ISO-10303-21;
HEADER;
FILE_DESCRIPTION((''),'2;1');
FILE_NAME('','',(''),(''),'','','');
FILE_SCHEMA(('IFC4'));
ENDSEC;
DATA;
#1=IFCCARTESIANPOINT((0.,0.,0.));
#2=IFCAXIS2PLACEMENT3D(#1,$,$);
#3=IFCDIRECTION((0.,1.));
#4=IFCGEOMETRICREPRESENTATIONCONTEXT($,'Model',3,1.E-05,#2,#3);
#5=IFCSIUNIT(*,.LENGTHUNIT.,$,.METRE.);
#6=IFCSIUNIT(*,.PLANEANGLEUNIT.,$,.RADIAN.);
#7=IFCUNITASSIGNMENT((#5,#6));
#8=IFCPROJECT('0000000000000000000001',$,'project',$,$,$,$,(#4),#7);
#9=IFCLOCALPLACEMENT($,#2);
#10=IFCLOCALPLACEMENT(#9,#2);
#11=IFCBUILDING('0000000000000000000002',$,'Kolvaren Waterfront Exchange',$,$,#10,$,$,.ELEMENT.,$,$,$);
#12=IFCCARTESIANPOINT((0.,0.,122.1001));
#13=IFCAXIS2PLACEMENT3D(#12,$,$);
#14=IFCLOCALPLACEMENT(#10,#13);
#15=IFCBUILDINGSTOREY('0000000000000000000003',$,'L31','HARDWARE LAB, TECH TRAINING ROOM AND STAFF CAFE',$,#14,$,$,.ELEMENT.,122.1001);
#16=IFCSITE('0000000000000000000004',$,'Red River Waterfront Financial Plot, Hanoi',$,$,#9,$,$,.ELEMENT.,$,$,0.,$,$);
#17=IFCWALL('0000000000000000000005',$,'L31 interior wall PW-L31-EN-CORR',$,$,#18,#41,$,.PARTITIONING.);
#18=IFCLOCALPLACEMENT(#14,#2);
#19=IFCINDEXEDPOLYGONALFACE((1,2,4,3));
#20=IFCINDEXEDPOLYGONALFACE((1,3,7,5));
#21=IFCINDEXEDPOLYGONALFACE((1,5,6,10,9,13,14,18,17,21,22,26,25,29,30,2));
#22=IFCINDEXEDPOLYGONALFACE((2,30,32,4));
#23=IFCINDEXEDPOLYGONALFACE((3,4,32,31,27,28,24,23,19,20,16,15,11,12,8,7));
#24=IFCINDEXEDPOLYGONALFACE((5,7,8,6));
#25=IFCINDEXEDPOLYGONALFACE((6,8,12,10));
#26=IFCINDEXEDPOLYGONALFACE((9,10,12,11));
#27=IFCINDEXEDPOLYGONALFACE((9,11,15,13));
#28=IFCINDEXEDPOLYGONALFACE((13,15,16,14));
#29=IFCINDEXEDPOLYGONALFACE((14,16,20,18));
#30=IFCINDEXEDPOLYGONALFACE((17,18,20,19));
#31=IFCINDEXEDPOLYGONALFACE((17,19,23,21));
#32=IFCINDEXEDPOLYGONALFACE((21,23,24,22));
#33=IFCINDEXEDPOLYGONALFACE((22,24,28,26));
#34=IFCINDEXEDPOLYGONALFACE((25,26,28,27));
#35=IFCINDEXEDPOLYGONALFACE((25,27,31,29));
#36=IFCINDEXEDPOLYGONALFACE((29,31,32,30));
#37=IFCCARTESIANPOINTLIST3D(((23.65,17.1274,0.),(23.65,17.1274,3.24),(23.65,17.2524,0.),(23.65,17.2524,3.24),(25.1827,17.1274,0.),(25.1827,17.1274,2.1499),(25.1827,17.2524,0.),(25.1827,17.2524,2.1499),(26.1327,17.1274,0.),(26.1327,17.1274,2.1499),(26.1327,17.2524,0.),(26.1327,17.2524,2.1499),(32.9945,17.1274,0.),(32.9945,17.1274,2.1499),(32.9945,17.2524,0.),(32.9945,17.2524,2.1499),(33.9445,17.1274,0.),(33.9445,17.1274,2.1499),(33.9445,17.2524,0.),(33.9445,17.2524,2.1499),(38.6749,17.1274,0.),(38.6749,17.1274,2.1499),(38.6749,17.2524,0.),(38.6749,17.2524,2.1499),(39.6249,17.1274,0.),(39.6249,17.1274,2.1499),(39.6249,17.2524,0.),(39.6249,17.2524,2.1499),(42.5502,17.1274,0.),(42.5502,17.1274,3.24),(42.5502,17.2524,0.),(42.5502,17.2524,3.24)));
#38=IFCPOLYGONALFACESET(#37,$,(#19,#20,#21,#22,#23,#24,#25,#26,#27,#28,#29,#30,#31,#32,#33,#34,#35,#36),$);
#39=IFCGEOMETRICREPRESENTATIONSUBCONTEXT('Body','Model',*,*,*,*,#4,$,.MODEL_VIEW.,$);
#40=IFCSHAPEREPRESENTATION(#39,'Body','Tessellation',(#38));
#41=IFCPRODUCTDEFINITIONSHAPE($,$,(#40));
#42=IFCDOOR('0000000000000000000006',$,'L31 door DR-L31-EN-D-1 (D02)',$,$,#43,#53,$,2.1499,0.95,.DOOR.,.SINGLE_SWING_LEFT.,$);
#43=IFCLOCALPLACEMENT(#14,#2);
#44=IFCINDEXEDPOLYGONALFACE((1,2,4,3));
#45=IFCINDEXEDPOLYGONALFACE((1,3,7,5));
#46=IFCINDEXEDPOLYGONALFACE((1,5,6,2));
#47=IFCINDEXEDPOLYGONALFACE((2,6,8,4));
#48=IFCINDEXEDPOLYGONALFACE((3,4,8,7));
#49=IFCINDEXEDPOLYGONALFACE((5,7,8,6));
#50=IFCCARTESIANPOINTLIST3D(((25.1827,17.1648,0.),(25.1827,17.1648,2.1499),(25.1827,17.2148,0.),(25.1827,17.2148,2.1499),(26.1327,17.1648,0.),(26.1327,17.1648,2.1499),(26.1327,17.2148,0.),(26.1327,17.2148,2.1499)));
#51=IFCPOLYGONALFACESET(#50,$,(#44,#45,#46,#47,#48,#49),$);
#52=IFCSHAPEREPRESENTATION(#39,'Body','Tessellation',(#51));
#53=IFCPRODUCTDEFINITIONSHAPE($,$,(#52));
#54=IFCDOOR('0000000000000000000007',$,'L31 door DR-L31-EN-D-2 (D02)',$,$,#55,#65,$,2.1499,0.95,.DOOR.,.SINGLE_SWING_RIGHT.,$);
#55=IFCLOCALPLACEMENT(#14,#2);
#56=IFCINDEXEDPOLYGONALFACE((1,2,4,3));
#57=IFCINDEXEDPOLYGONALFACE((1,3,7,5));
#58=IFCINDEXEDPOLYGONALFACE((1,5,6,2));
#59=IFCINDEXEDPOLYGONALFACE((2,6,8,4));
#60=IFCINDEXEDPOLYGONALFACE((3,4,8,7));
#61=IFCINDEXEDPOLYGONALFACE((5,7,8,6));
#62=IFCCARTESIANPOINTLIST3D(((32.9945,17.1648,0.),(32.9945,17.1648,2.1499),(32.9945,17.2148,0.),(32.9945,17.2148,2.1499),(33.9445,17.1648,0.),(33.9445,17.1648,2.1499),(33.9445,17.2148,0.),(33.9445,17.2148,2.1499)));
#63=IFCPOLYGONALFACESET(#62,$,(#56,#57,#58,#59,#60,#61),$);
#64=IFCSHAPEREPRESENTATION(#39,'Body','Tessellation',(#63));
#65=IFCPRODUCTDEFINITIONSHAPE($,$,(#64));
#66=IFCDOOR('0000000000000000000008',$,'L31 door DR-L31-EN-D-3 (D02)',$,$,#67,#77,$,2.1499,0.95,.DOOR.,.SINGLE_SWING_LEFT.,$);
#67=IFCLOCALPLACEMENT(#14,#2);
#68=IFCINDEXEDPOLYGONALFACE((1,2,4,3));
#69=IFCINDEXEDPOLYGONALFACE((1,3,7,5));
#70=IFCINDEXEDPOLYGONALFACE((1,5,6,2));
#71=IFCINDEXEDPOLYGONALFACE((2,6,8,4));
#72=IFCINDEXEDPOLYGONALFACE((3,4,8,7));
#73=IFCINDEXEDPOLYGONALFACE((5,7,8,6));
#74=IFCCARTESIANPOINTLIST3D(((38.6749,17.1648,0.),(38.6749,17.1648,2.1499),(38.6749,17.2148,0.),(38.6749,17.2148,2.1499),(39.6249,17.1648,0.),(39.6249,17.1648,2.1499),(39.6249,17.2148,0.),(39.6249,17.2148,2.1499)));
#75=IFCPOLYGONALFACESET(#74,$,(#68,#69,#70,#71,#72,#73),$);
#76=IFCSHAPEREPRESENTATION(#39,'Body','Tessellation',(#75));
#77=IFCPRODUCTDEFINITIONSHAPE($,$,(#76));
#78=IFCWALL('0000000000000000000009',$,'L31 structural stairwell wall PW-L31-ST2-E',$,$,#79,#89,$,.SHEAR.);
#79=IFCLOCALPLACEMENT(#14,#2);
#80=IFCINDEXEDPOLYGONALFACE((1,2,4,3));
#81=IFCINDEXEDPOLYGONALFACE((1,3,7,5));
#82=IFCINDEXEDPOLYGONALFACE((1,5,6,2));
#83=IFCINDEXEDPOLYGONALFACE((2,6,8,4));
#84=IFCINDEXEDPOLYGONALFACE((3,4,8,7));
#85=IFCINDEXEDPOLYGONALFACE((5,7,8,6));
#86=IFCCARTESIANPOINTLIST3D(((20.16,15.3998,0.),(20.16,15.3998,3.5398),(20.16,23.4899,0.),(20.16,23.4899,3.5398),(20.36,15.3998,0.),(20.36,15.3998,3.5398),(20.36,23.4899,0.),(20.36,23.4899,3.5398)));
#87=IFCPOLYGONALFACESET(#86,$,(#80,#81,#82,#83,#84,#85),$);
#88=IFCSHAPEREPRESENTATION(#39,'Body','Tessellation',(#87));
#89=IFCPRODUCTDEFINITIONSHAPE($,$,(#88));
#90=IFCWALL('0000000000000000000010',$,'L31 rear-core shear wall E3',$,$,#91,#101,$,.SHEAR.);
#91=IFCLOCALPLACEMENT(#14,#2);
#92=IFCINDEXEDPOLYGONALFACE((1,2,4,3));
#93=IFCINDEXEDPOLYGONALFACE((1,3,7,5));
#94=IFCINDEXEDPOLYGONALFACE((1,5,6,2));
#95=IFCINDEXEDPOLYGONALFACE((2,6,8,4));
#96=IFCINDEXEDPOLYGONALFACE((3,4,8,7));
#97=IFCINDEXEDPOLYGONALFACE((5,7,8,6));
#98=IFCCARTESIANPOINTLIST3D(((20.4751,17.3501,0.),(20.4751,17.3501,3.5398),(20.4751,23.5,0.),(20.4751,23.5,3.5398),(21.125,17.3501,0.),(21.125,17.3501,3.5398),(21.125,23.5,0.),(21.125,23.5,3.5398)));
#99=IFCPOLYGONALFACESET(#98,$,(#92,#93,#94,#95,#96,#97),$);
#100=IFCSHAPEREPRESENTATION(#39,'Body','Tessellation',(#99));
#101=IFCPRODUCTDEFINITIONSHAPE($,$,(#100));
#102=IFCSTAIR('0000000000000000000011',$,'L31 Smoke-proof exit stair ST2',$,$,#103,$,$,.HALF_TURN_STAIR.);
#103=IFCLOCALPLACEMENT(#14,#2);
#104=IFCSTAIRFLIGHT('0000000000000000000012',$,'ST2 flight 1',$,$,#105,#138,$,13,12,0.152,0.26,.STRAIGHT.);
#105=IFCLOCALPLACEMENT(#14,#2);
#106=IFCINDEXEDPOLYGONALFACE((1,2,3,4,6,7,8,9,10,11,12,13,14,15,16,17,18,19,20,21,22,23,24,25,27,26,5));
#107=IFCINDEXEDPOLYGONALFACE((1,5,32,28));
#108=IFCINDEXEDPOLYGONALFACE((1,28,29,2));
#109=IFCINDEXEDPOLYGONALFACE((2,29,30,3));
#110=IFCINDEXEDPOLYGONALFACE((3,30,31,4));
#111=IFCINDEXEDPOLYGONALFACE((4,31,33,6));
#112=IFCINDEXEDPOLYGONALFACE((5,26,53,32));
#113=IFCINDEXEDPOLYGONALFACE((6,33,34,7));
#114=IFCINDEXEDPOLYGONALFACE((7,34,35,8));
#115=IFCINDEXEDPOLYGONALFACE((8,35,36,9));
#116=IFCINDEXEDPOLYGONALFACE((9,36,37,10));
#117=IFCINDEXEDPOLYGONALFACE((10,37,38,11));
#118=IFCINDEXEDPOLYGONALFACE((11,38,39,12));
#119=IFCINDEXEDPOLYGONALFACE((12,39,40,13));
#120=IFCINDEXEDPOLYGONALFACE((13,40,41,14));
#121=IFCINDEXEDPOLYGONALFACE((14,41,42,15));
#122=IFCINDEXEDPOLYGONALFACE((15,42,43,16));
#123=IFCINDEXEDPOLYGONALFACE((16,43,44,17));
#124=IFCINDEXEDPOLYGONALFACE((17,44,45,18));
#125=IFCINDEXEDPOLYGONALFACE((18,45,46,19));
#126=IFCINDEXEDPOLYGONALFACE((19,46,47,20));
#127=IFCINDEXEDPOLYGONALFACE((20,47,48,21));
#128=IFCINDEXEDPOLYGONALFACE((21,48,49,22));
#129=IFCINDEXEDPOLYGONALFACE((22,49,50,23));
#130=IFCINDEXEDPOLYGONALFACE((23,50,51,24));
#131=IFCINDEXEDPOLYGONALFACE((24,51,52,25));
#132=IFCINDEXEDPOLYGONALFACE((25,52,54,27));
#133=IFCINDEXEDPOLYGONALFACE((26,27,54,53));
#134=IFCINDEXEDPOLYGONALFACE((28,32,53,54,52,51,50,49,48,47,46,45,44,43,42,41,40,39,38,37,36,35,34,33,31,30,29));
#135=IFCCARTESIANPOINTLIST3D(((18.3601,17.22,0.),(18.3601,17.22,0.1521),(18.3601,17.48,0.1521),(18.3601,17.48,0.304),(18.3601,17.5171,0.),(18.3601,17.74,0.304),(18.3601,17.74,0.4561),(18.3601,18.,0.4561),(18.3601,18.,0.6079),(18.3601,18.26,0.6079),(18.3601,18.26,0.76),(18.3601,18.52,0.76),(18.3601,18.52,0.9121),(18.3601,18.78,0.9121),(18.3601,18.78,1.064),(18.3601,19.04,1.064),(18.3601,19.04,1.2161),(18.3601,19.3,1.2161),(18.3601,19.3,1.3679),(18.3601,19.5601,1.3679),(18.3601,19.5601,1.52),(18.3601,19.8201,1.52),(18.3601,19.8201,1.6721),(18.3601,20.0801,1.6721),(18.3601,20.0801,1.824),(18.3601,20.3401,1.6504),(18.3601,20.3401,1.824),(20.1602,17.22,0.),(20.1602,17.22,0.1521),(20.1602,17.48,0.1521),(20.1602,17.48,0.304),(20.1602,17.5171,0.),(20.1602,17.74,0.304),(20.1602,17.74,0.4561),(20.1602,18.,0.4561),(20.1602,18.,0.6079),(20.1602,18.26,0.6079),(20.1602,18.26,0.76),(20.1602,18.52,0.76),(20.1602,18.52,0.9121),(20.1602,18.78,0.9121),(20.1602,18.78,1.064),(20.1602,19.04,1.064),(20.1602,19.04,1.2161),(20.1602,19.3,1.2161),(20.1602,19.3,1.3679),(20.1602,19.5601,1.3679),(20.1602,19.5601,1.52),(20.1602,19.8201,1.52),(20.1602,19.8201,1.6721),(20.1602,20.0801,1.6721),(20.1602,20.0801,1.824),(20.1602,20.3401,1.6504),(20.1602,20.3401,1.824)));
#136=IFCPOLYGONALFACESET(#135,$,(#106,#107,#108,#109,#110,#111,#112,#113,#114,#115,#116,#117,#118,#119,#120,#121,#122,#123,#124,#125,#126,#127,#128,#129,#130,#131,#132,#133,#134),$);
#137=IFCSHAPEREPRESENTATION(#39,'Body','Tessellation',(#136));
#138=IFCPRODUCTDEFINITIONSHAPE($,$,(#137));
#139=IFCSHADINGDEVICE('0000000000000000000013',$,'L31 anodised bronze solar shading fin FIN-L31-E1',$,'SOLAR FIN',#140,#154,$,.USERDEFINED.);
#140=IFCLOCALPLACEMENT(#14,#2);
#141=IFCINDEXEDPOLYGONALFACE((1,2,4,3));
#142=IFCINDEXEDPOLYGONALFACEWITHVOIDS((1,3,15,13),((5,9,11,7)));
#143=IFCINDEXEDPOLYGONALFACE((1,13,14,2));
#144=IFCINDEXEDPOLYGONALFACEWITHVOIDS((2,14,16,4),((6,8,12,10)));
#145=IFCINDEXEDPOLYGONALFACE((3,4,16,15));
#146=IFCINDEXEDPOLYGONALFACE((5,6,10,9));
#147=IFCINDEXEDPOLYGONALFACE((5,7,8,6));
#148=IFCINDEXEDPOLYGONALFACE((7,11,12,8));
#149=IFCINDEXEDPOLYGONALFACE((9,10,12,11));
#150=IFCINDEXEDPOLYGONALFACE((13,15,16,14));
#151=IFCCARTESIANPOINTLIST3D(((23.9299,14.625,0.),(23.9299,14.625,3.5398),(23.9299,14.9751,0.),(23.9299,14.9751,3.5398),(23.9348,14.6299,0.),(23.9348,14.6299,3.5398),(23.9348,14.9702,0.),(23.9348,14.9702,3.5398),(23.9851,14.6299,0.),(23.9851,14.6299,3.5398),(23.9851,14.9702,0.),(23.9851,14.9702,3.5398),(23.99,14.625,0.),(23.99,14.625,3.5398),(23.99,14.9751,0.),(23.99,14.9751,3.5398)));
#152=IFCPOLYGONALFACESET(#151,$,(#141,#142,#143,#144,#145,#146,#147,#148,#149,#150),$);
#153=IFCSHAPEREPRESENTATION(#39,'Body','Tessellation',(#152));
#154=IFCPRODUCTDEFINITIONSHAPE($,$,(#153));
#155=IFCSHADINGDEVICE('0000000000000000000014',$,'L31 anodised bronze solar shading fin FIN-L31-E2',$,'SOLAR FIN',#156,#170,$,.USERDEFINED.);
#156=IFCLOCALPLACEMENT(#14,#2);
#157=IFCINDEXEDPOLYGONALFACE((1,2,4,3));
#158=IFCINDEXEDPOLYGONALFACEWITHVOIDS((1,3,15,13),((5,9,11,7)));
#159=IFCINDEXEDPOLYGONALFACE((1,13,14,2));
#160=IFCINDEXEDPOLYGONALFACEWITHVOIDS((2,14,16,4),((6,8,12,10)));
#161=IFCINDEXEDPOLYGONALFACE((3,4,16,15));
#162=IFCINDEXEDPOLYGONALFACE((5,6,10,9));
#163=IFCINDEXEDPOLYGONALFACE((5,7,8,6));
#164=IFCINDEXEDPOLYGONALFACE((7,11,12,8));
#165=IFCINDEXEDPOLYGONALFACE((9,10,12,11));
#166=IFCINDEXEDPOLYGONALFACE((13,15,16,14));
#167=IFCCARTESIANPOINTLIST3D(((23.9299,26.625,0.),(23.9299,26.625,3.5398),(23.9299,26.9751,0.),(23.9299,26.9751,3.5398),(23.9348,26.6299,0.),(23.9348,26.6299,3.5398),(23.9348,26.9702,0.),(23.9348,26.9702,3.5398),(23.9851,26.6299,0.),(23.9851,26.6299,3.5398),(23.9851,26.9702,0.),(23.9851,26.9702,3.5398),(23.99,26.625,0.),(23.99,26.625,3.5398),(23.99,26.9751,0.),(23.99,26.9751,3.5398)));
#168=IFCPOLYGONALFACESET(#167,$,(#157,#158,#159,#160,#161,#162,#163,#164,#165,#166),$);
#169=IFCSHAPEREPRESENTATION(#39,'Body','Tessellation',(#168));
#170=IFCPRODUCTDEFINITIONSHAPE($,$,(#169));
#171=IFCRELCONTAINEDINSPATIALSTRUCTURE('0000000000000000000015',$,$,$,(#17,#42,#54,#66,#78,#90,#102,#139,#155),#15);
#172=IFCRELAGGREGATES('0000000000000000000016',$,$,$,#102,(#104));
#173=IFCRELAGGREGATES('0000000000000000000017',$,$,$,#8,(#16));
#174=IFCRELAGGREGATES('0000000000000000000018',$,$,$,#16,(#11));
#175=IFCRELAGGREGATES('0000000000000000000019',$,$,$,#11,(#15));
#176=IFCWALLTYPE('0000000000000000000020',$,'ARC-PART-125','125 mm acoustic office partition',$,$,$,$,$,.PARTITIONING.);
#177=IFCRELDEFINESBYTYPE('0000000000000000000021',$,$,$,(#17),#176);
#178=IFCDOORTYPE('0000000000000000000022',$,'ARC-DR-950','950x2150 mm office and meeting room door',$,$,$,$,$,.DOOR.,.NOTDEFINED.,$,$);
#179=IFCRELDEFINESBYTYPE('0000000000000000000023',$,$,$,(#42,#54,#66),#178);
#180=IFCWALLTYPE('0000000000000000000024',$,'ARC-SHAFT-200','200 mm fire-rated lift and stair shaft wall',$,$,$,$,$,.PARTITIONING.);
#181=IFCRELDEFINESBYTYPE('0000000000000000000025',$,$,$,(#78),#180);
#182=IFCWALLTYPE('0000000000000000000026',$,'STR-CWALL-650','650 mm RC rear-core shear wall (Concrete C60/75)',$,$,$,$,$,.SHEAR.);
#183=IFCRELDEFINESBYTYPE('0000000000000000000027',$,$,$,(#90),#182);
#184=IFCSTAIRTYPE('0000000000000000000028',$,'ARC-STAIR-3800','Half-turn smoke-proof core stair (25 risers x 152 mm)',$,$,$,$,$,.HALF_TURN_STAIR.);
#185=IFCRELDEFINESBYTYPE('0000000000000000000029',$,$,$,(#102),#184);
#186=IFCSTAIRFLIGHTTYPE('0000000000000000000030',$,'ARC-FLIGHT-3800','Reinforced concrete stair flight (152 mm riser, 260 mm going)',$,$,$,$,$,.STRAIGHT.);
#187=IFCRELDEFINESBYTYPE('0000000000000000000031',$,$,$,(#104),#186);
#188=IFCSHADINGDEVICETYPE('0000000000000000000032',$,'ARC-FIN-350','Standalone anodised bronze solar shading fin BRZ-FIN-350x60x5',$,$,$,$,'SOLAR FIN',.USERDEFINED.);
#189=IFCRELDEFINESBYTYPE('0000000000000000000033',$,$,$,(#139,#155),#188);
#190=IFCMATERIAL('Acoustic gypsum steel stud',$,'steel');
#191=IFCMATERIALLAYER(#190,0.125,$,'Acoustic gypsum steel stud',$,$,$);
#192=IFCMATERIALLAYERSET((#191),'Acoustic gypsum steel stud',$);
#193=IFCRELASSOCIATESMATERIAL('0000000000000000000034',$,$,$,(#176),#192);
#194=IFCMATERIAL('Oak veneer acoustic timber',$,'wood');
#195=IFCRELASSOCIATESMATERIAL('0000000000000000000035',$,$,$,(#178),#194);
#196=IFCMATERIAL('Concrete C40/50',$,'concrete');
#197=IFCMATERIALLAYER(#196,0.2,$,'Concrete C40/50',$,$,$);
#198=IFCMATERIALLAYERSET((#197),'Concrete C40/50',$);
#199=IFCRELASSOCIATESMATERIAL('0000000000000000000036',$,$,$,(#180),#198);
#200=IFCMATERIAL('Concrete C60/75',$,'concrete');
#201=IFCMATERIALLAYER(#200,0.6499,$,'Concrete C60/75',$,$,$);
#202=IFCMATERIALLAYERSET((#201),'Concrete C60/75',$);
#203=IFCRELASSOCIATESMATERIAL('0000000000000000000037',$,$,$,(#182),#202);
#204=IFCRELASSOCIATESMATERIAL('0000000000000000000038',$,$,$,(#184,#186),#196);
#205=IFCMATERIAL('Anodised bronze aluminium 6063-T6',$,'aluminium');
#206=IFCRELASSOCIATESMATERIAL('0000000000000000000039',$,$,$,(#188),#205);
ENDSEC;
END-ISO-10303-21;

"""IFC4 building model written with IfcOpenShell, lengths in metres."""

from ifc_helpers import new_model, si_unit, direction, frame, frame_2d, origin, origin_2d, place, context, subcontext, project, spatial, polyline, rectangle, hollow_rectangle, outline, extrude, material, layer, layer_set, material_profile, profile_set, type_object, element, fill, aggregate, save


model = new_model("IFC4")

# Units and contexts
model_context = context("Model", 3, precision=1e-05, world=origin(), true_north=direction((0.0, 1.0)))
body_context = subcontext(model_context, "Body", "Model", "MODEL_VIEW")
ifc_project = project(units=[si_unit("LENGTHUNIT", "METRE"), si_unit("PLANEANGLEUNIT", "RADIAN")], contexts=[model_context])

# Site, building, storey
site_placement = place(None, origin())
site = spatial("IfcSite", under=ifc_project, at=site_placement, Name="Red River Waterfront Financial Plot, Hanoi", CompositionType="ELEMENT", RefElevation=0.0)
building_placement = place(site_placement, origin())
building = spatial("IfcBuilding", under=site, at=building_placement, Name="Kolvaren Waterfront Exchange", CompositionType="ELEMENT")
storey_placement = place(building_placement, frame((0.0, 0.0, 122.1001)))
storey = spatial("IfcBuildingStorey", under=building, at=storey_placement, Name="L31", Description="HARDWARE LAB, TECH TRAINING ROOM AND STAFF CAFE", CompositionType="ELEMENT", Elevation=122.1001)

# Shared definitions
ifc_material_1 = material(Name="Concrete C60/75", Category="concrete")

# Shared definitions
ifc_material_2 = material(Name="Anodised bronze aluminium 6063-T6", Category="aluminium")

# Shared definitions
ifc_material_3 = material(Name="Acoustic gypsum steel stud", Category="steel")
ifc_layer_1 = layer(ifc_material_3, 0.125, Name="Acoustic gypsum steel stud")
ifc_layer_set_1 = layer_set([ifc_layer_1], Name="Acoustic gypsum steel stud")
wall_type_1 = type_object("IfcWallType", Name="ARC-PART-125", Description="125 mm acoustic office partition", PredefinedType="PARTITIONING", material=ifc_layer_set_1)
ifc_material_4 = material(Name="Oak veneer acoustic timber", Category="wood")
door_type_1 = type_object("IfcDoorType", Name="ARC-DR-950", Description="950x2150 mm office and meeting room door", OperationType="NOTDEFINED", PredefinedType="DOOR", material=ifc_material_4)

# Wall, openings, doors
wall_1_placement = place(storey_placement, frame((23.6499, 17.1899, 0.0), z_axis=(0.0, 0.0, 1.0), x_axis=(1.0, 0.0, 0.0)))
wall_1 = element("IfcWall", 1, at=wall_1_placement, inside=storey, type_object=wall_type_1, Name="L31 interior wall PW-L31-EN-CORR", PredefinedType="PARTITIONING", context=body_context, shape_type="SweptSolid", body=[
    extrude(rectangle(XDim=18.9001, YDim=0.125, at=frame_2d((9.4502, 0.0))), origin(), (0.0, 0.0, 1.0), 3.24),
])
opening_1_placement = place(wall_1_placement, frame((1.5327, 0.0, 0.0)))
opening_1 = element("IfcOpeningElement", 2, at=opening_1_placement, cuts=wall_1, PredefinedType="OPENING", context=body_context, shape_type="SweptSolid", body=[
    extrude(rectangle(XDim=0.95, YDim=2.1499, at=frame_2d((0.4751, 1.075))), frame((0.0, 0.0725, 0.0), z_axis=(0.0, -1.0, 0.0), x_axis=(1.0, 0.0, 0.0)), (0.0, 0.0, 1.0), 0.145),
])
opening_2_placement = place(wall_1_placement, frame((9.3445, 0.0, 0.0)))
opening_2 = element("IfcOpeningElement", 3, at=opening_2_placement, cuts=wall_1, PredefinedType="OPENING", context=body_context, shape_type="SweptSolid", body=[
    extrude(rectangle(XDim=0.95, YDim=2.1499, at=frame_2d((0.4751, 1.075))), frame((0.0, 0.0725, 0.0), z_axis=(0.0, -1.0, 0.0), x_axis=(1.0, 0.0, 0.0)), (0.0, 0.0, 1.0), 0.145),
])
opening_3_placement = place(wall_1_placement, frame((15.0249, 0.0, 0.0)))
opening_3 = element("IfcOpeningElement", 4, at=opening_3_placement, cuts=wall_1, PredefinedType="OPENING", context=body_context, shape_type="SweptSolid", body=[
    extrude(rectangle(XDim=0.95, YDim=2.1499, at=frame_2d((0.4751, 1.075))), frame((0.0, 0.0725, 0.0), z_axis=(0.0, -1.0, 0.0), x_axis=(1.0, 0.0, 0.0)), (0.0, 0.0, 1.0), 0.145),
])
door_1_placement = place(opening_1_placement, origin())
door_1 = element("IfcDoor", 5, at=door_1_placement, inside=storey, type_object=door_type_1, Name="L31 door DR-L31-EN-D-1 (D02)", OperationType="SINGLE_SWING_LEFT", OverallHeight=2.1499, OverallWidth=0.95, PredefinedType="DOOR", context=body_context, shape_type="SweptSolid", body=[
    extrude(rectangle(XDim=0.95, YDim=2.1499, at=frame_2d((0.4751, 1.075))), frame((0.0, 0.0249, 0.0), z_axis=(0.0, -1.0, 0.0), x_axis=(1.0, 0.0, 0.0)), (0.0, 0.0, 1.0), 0.05),
])
fill(opening_1, door_1)
door_2_placement = place(opening_2_placement, origin())
door_2 = element("IfcDoor", 6, at=door_2_placement, inside=storey, type_object=door_type_1, Name="L31 door DR-L31-EN-D-2 (D02)", OperationType="SINGLE_SWING_RIGHT", OverallHeight=2.1499, OverallWidth=0.95, PredefinedType="DOOR", context=body_context, shape_type="SweptSolid", body=[
    extrude(rectangle(XDim=0.95, YDim=2.1499, at=frame_2d((0.4751, 1.075))), frame((0.0, 0.0249, 0.0), z_axis=(0.0, -1.0, 0.0), x_axis=(1.0, 0.0, 0.0)), (0.0, 0.0, 1.0), 0.05),
])
fill(opening_2, door_2)
door_3_placement = place(opening_3_placement, origin())
door_3 = element("IfcDoor", 7, at=door_3_placement, inside=storey, type_object=door_type_1, Name="L31 door DR-L31-EN-D-3 (D02)", OperationType="SINGLE_SWING_LEFT", OverallHeight=2.1499, OverallWidth=0.95, PredefinedType="DOOR", context=body_context, shape_type="SweptSolid", body=[
    extrude(rectangle(XDim=0.95, YDim=2.1499, at=frame_2d((0.4751, 1.075))), frame((0.0, 0.0249, 0.0), z_axis=(0.0, -1.0, 0.0), x_axis=(1.0, 0.0, 0.0)), (0.0, 0.0, 1.0), 0.05),
])
fill(opening_3, door_3)

# Walls
ifc_material_5 = material(Name="Concrete C40/50", Category="concrete")
ifc_layer_2 = layer(ifc_material_5, 0.2, Name="Concrete C40/50")
ifc_layer_set_2 = layer_set([ifc_layer_2], Name="Concrete C40/50")
wall_type_2 = type_object("IfcWallType", Name="ARC-SHAFT-200", Description="200 mm fire-rated lift and stair shaft wall", PredefinedType="PARTITIONING", material=ifc_layer_set_2)
wall_2_placement = place(storey_placement, frame((20.26, 15.3999, 0.0), z_axis=(0.0, 0.0, 1.0), x_axis=(0.0, 1.0, 0.0)))
element("IfcWall", 8, at=wall_2_placement, inside=storey, type_object=wall_type_2, Name="L31 structural stairwell wall PW-L31-ST2-E", PredefinedType="SHEAR", context=body_context, shape_type="SweptSolid", body=[
    extrude(rectangle(XDim=8.0901, YDim=0.2, at=frame_2d((4.0449, 0.0))), origin(), (0.0, 0.0, 1.0), 3.5398),
])
ifc_layer_3 = layer(ifc_material_1, 0.6499, Name="Concrete C60/75")
ifc_layer_set_3 = layer_set([ifc_layer_3], Name="Concrete C60/75")
wall_type_3 = type_object("IfcWallType", Name="STR-CWALL-650", Description="650 mm RC rear-core shear wall (Concrete C60/75)", PredefinedType="SHEAR", material=ifc_layer_set_3)
wall_3_placement = place(storey_placement, frame((20.8, 17.3501, 0.0), z_axis=(0.0, 0.0, 1.0), x_axis=(0.0, 1.0, 0.0)))
element("IfcWall", 9, at=wall_3_placement, inside=storey, type_object=wall_type_3, Name="L31 rear-core shear wall E3", PredefinedType="SHEAR", context=body_context, shape_type="SweptSolid", body=[
    extrude(rectangle(XDim=6.1499, YDim=0.6499, at=frame_2d((3.075, 0.0))), origin(), (0.0, 0.0, 1.0), 3.5398),
])

# Stair, stair flight
stair_type = type_object("IfcStairType", Name="ARC-STAIR-3800", Description="Half-turn smoke-proof core stair (25 risers x 152 mm)", PredefinedType="HALF_TURN_STAIR", material=ifc_material_5)
stair_placement = place(storey_placement, origin())
stair = element("IfcStair", 10, at=stair_placement, inside=storey, type_object=stair_type, Name="L31 Smoke-proof exit stair ST2", PredefinedType="HALF_TURN_STAIR")
stair_flight_type = type_object("IfcStairFlightType", Name="ARC-FLIGHT-3800", Description="Reinforced concrete stair flight (152 mm riser, 260 mm going)", PredefinedType="STRAIGHT", material=ifc_material_5)
stair_flight_placement = place(storey_placement, frame((19.26, 17.22, 0.0), z_axis=(0.0, 0.0, 1.0), x_axis=(0.0, 1.0, 0.0)))
stair_flight = element("IfcStairFlight", 11, at=stair_flight_placement, type_object=stair_flight_type, Name="ST2 flight 1", NumberOfRisers=13, NumberOfTreads=12, PredefinedType="STRAIGHT", RiserHeight=0.152, TreadLength=0.26, context=body_context, shape_type="SweptSolid", body=[
    extrude(outline(polyline([(0.0, 0.0), (0.0, 0.1521), (0.26, 0.1521), (0.26, 0.304), (0.52, 0.304), (0.52, 0.4561), (0.78, 0.4561), (0.78, 0.6079), (1.04, 0.6079), (1.04, 0.76), (1.3, 0.76), (1.3, 0.9121), (1.5601, 0.9121), (1.5601, 1.064), (1.8201, 1.064), (1.8201, 1.2161), (2.0801, 1.2161), (2.0801, 1.3679), (2.3401, 1.3679), (2.3401, 1.52), (2.6001, 1.52), (2.6001, 1.6721), (2.8601, 1.6721), (2.8601, 1.824), (3.1201, 1.824), (3.1201, 1.9761), (3.1201, 1.6504), (0.2971, 0.0), (0.0, 0.0)])), frame((0.0, 0.8999, 0.0), z_axis=(0.0, -1.0, 0.0), x_axis=(1.0, 0.0, 0.0)), (0.0, 0.0, 1.0), 1.8),
])
aggregate(stair, [stair_flight])

# Shading devices
ifc_material_profile_1 = material_profile(ifc_material_2, hollow_rectangle(XDim=0.0601, YDim=0.3501, WallThickness=0.0049, at=origin_2d()), Name="BRZ-FIN-350x60x5")
ifc_profile_set_1 = profile_set([ifc_material_profile_1], Name="Anodised bronze aluminium 6063-T6")
shading_device_type = type_object("IfcShadingDeviceType", Name="ARC-FIN-350", Description="Standalone anodised bronze solar shading fin BRZ-FIN-350x60x5", ElementType="SOLAR FIN", PredefinedType="USERDEFINED", material=ifc_profile_set_1)
for number, where, z_axis, x_axis, name in (
    (12, (23.96, 14.8, 0.0), (0.0, 0.0, 1.0), (1.0, 0.0, 0.0), "L31 anodised bronze solar shading fin FIN-L31-E1"),
    (13, (23.96, 26.8, 0.0), (0.0, 0.0, 1.0), (1.0, 0.0, 0.0), "L31 anodised bronze solar shading fin FIN-L31-E2"),
):
    element("IfcShadingDevice", number, at=place(storey_placement, frame(where, z_axis=z_axis, x_axis=x_axis)), inside=storey, type_object=shading_device_type, Name=name, ObjectType="SOLAR FIN", PredefinedType="USERDEFINED", context=body_context, shape_type="SweptSolid", body=[
        extrude(hollow_rectangle(XDim=0.0601, YDim=0.3501, WallThickness=0.0049, at=origin_2d()), origin(), (0.0, 0.0, 1.0), 3.5398),
    ])

save(model, "model.ifc")
